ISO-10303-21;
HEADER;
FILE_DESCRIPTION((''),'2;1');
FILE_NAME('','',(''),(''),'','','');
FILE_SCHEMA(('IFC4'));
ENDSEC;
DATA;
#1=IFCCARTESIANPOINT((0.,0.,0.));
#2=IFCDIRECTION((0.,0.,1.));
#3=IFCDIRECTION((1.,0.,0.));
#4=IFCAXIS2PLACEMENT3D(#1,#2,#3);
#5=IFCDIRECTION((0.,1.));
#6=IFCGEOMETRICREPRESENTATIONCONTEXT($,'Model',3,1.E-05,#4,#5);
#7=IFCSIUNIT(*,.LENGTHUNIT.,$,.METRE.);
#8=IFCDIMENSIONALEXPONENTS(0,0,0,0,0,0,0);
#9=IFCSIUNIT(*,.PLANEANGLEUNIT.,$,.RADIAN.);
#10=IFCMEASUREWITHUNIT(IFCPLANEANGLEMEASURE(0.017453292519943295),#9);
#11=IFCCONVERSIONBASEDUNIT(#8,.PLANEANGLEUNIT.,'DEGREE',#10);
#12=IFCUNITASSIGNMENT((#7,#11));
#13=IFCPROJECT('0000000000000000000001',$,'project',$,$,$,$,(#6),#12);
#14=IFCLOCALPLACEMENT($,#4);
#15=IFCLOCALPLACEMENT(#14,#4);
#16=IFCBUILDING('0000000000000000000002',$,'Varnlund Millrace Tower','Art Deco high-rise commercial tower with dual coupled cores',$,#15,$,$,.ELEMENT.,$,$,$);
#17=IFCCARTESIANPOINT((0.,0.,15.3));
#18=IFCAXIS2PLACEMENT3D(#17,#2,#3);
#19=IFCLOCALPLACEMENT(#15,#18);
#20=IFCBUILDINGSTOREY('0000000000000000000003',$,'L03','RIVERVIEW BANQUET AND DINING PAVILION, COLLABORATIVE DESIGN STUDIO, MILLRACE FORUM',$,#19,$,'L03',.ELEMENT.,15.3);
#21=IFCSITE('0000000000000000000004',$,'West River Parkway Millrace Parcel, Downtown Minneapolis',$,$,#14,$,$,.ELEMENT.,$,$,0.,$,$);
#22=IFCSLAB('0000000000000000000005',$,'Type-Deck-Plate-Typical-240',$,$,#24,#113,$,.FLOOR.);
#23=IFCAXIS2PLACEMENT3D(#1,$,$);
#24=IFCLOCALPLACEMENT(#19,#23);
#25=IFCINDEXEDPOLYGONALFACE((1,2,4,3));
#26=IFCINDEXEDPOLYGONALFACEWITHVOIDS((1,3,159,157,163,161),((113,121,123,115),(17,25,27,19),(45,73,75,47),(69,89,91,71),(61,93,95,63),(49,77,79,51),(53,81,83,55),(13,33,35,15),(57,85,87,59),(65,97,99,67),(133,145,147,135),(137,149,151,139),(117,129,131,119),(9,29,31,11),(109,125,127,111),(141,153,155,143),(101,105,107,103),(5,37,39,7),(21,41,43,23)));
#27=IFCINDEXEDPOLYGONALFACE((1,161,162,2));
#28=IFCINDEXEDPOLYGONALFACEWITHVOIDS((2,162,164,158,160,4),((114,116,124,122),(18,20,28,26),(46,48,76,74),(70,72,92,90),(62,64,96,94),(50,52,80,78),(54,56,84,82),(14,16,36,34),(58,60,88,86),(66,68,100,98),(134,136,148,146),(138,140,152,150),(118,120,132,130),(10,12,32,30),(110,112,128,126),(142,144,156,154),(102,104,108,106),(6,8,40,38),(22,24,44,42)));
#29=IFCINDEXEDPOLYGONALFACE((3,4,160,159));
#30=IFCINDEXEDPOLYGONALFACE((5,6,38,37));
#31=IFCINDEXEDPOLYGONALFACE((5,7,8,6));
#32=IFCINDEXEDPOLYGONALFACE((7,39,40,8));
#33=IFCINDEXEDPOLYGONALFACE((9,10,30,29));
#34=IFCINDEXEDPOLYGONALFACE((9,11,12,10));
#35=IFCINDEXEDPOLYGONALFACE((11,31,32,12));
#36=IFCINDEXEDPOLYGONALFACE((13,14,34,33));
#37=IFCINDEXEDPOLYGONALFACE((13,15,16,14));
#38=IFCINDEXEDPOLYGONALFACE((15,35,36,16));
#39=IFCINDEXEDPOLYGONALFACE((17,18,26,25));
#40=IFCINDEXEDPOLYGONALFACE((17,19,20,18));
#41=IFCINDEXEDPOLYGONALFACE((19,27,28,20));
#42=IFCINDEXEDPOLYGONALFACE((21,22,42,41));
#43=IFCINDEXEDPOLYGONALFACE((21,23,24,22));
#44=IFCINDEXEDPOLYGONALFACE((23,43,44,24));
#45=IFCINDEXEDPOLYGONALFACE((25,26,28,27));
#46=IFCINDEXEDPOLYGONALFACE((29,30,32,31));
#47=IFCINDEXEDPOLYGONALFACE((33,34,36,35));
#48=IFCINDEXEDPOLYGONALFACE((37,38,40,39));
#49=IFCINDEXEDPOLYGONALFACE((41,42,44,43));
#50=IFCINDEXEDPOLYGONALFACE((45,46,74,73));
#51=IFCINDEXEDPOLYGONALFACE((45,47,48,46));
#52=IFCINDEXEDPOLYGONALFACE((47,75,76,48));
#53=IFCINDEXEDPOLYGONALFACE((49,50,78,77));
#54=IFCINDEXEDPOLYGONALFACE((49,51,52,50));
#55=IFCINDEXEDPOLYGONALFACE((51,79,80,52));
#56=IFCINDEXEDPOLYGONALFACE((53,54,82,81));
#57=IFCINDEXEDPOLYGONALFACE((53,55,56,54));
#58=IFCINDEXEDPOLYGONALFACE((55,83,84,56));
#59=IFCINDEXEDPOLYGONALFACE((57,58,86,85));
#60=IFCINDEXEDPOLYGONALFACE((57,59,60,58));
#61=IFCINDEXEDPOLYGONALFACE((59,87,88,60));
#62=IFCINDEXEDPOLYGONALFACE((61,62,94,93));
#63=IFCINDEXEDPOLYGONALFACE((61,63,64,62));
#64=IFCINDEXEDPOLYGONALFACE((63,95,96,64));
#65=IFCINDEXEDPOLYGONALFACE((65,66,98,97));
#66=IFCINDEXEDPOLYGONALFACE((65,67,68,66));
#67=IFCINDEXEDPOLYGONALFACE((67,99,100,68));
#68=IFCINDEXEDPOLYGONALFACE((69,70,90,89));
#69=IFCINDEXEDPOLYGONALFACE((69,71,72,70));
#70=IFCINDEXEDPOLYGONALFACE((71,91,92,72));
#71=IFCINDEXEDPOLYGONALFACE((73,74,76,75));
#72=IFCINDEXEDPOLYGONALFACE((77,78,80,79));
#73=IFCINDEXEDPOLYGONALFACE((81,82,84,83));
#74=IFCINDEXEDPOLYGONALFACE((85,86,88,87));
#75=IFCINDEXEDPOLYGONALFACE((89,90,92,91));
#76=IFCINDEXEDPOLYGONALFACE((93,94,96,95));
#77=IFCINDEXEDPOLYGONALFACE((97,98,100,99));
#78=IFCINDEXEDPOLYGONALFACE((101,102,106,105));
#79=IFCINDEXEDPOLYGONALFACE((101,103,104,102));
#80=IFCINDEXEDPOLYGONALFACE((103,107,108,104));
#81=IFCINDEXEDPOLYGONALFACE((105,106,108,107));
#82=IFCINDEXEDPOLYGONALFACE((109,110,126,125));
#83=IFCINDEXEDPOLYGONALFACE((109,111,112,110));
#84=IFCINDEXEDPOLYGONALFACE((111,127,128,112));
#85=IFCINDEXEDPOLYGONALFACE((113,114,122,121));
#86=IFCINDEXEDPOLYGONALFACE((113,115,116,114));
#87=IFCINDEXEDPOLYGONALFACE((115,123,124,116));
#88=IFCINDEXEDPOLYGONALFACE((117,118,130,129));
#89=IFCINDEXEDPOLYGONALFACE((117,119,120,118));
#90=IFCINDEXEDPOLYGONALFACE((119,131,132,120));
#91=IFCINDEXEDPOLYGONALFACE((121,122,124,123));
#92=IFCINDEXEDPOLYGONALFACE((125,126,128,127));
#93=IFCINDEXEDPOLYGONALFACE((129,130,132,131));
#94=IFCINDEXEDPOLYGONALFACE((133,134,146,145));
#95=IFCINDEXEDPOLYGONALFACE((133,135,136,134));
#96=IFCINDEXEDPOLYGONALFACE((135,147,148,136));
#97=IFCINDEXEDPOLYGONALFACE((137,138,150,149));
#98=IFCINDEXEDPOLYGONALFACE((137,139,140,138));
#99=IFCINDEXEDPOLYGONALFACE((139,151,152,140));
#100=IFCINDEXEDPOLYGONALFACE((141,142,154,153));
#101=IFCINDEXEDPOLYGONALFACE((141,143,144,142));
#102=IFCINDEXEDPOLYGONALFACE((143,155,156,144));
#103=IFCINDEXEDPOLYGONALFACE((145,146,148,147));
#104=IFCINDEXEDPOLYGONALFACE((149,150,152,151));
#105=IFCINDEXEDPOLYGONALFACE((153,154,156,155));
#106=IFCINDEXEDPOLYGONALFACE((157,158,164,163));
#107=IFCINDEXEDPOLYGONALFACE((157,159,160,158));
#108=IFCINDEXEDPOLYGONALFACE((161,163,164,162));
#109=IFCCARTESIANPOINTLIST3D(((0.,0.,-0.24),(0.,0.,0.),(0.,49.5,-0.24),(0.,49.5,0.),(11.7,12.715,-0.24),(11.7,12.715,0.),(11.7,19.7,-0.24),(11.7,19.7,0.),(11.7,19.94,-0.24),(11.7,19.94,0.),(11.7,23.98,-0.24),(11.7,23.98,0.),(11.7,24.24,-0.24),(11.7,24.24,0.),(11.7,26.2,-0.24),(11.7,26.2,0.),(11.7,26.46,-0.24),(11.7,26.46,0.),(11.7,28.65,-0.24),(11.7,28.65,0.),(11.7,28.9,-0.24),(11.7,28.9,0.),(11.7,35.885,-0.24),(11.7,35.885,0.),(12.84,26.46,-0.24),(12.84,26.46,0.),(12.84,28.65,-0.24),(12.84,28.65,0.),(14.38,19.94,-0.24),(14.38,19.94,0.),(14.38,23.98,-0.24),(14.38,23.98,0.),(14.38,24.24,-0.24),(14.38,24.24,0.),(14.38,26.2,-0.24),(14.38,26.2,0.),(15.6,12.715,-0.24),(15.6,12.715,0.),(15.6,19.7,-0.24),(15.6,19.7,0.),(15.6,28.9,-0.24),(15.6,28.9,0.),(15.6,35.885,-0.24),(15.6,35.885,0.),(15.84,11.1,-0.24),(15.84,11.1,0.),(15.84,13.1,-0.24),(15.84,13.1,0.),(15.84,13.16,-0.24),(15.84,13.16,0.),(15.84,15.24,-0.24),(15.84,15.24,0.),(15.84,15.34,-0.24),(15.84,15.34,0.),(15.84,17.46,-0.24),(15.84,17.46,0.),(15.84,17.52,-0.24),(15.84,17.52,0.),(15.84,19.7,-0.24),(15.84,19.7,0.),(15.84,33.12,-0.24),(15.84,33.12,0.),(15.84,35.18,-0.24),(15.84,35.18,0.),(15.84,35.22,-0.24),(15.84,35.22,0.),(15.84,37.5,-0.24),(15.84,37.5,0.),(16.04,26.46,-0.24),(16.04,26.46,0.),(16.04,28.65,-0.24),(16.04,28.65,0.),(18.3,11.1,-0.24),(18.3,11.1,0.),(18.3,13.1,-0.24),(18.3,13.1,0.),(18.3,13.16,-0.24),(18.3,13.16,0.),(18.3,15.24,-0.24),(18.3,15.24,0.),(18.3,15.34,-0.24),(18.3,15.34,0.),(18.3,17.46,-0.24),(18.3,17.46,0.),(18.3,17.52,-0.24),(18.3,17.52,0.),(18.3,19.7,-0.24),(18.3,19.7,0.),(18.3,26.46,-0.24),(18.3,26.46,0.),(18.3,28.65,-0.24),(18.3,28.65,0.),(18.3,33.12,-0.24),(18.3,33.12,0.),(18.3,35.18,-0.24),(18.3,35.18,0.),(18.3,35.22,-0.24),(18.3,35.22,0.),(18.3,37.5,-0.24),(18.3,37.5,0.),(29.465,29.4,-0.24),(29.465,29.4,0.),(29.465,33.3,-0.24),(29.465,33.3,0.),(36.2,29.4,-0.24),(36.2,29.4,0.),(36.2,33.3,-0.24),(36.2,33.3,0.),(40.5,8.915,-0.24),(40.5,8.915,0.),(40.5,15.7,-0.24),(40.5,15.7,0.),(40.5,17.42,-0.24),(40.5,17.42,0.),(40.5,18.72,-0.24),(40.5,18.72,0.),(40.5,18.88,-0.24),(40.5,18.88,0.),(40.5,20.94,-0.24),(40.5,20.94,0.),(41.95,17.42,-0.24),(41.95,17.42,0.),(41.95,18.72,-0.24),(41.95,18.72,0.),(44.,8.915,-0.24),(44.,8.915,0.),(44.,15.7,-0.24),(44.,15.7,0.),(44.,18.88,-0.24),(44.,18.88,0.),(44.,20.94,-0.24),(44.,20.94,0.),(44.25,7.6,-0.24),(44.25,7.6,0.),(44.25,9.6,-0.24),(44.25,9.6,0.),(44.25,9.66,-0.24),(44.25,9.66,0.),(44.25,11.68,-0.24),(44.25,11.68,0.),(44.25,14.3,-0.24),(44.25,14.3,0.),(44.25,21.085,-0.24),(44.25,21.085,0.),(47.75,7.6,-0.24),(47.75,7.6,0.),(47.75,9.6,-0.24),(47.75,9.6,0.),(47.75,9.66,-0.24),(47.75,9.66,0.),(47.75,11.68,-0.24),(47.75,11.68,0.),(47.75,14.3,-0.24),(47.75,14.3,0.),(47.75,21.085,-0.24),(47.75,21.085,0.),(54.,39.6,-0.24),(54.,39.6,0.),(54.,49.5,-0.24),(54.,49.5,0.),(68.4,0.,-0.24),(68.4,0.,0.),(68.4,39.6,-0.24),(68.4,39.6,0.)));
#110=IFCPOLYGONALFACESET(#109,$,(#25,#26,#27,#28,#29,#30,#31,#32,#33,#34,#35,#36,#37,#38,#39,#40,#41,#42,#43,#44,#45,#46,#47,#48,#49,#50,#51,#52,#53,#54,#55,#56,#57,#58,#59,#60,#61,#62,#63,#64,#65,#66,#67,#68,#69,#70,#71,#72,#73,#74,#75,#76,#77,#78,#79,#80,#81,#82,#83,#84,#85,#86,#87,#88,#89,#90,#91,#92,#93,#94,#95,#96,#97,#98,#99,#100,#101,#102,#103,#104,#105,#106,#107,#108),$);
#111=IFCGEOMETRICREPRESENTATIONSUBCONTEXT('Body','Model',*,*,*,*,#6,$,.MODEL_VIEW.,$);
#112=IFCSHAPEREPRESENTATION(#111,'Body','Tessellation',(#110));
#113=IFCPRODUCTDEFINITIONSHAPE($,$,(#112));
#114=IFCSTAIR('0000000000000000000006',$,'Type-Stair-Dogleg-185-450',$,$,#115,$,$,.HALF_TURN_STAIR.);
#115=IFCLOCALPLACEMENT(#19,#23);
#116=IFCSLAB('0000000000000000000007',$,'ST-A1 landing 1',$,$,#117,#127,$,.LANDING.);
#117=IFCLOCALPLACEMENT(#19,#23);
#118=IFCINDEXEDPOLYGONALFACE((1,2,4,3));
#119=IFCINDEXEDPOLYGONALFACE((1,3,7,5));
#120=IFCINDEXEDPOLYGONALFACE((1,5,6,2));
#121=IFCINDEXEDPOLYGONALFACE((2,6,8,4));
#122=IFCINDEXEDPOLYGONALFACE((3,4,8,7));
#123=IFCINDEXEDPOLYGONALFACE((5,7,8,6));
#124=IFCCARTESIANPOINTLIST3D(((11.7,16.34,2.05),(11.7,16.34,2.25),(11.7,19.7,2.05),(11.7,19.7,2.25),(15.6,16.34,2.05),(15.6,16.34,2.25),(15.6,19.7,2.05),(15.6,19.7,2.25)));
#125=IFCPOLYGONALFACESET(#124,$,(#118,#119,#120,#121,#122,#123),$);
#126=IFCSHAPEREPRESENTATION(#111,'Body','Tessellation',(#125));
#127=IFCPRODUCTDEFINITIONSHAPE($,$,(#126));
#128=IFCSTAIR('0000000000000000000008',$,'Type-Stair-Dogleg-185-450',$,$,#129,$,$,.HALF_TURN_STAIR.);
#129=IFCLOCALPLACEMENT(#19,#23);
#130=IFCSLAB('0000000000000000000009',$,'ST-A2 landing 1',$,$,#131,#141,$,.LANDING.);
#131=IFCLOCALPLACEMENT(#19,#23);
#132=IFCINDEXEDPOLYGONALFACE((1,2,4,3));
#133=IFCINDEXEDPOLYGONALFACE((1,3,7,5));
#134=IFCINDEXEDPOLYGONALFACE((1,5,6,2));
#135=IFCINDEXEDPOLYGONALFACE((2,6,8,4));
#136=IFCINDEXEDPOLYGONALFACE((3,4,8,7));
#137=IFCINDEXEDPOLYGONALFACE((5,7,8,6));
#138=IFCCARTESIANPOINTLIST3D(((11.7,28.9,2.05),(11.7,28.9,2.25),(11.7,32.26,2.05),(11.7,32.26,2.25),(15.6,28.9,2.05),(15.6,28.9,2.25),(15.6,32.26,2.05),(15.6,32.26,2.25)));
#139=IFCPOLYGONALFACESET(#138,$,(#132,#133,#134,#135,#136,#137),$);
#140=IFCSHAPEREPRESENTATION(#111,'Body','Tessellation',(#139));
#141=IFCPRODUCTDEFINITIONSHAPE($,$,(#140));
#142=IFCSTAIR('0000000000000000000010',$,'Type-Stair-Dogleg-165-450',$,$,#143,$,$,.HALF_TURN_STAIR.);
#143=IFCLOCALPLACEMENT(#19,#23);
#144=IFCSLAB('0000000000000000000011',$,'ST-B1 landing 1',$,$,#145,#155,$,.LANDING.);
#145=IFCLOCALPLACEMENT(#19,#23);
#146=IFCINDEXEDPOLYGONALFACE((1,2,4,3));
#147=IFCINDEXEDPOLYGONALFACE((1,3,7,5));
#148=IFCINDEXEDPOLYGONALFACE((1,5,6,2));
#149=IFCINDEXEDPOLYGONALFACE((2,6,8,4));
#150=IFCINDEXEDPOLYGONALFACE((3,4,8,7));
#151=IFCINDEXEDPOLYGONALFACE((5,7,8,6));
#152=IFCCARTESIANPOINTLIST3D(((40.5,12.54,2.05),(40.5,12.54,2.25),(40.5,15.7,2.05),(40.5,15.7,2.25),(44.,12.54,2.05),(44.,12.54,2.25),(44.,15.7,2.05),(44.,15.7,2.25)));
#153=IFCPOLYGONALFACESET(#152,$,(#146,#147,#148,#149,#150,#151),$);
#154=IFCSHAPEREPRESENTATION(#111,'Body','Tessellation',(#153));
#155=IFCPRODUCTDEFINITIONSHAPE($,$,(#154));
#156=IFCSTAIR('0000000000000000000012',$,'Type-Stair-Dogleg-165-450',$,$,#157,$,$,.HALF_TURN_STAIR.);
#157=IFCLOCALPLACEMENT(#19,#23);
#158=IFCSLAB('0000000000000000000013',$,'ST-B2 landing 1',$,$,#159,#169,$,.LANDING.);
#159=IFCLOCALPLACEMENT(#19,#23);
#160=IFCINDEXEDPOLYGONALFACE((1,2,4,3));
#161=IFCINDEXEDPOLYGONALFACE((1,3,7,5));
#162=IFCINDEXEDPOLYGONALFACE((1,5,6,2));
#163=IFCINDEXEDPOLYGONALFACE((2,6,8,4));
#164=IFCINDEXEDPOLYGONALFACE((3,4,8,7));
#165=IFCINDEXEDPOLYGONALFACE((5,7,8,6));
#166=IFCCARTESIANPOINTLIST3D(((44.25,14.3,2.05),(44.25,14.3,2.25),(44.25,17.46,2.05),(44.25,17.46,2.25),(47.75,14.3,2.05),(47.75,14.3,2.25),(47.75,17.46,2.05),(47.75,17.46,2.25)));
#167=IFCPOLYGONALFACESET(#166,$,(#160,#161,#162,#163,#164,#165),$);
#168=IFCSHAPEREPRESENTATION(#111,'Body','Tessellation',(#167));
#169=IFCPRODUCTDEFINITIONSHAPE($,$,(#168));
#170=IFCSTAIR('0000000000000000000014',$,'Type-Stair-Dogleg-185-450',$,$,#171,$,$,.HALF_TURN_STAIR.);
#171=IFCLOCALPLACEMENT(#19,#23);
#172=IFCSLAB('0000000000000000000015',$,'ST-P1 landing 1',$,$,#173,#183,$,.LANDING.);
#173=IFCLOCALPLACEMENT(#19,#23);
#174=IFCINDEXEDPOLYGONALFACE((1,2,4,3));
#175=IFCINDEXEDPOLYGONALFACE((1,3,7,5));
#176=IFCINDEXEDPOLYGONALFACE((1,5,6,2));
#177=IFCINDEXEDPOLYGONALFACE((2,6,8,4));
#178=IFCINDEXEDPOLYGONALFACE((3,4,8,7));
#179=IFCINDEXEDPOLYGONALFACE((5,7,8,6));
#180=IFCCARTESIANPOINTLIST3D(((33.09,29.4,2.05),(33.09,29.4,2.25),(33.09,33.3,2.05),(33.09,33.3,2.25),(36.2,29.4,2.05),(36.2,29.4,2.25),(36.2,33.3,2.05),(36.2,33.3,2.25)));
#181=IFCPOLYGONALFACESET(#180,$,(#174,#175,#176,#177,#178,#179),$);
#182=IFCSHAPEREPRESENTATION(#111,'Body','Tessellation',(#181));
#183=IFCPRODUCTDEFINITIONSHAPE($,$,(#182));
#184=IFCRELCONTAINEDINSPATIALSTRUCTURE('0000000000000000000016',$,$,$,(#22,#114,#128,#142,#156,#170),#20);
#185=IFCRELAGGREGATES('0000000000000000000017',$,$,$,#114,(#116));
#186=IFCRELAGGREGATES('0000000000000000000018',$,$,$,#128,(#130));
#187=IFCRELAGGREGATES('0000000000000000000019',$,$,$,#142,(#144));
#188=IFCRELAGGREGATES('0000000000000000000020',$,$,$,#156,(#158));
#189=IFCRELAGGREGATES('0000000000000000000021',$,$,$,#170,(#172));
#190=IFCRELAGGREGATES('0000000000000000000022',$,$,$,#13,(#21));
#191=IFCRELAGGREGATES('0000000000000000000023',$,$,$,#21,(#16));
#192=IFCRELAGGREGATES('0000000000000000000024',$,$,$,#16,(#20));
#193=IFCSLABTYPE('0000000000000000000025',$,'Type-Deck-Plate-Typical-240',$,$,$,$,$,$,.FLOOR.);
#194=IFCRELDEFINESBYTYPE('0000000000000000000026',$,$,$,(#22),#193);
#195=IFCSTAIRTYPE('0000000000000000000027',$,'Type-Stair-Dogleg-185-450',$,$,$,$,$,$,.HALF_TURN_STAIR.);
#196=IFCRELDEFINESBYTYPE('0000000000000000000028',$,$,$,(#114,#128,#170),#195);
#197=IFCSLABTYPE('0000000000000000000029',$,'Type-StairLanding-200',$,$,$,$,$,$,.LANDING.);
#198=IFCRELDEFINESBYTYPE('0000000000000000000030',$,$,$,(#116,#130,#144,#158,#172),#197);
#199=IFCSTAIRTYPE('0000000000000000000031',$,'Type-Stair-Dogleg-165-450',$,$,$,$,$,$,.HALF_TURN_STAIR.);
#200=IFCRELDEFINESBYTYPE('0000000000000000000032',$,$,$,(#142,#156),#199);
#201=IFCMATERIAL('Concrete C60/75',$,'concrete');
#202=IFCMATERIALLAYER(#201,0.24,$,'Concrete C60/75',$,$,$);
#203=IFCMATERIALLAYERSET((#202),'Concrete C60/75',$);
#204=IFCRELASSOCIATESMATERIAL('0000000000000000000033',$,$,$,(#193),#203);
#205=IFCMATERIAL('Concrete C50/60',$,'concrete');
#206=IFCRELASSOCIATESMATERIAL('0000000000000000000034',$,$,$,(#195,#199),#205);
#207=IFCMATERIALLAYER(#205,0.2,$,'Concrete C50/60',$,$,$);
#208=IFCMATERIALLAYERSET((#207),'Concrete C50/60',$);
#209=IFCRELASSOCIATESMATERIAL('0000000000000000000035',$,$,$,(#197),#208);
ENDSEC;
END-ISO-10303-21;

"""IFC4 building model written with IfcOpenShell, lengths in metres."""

from ifc_helpers import new_model, entity, si_unit, converted_unit, direction, frame, origin_with_axes, place, context, subcontext, project, spatial, polyline, outline, extrude, material, layer, layer_set, type_object, element, aggregate, save


model = new_model("IFC4")

# Units and contexts
model_context = context("Model", 3, precision=1e-05, world=origin_with_axes(), true_north=direction((0.0, 1.0)))
body_context = subcontext(model_context, "Body", "Model", "MODEL_VIEW")
ifc_project = project(units=[si_unit("LENGTHUNIT", "METRE"), converted_unit("PLANEANGLEUNIT", "DEGREE", entity("IfcPlaneAngleMeasure", 0.017453292519943295), si_unit("PLANEANGLEUNIT", "RADIAN"), dimensions=[0, 0, 0, 0, 0, 0, 0])], contexts=[model_context])

# Site, building, storey
site_placement = place(None, origin_with_axes())
site = spatial("IfcSite", under=ifc_project, at=site_placement, Name="West River Parkway Millrace Parcel, Downtown Minneapolis", CompositionType="ELEMENT", RefElevation=0.0)
building_placement = place(site_placement, origin_with_axes())
building = spatial("IfcBuilding", under=site, at=building_placement, Name="Varnlund Millrace Tower", Description="Art Deco high-rise commercial tower with dual coupled cores", CompositionType="ELEMENT")
storey_placement = place(building_placement, frame((0.0, 0.0, 15.3), z_axis=(0.0, 0.0, 1.0), x_axis=(1.0, 0.0, 0.0)))
storey = spatial("IfcBuildingStorey", under=building, at=storey_placement, Name="L03", Description="RIVERVIEW BANQUET AND DINING PAVILION, COLLABORATIVE DESIGN STUDIO, MILLRACE FORUM", LongName="L03", CompositionType="ELEMENT", Elevation=15.3)

# Slab
ifc_material_1 = material(Name="Concrete C60/75", Category="concrete")
ifc_layer_1 = layer(ifc_material_1, 0.24, Name="Concrete C60/75")
ifc_layer_set_1 = layer_set([ifc_layer_1], Name="Concrete C60/75")
slab_type_1 = type_object("IfcSlabType", Name="Type-Deck-Plate-Typical-240", PredefinedType="FLOOR", material=ifc_layer_set_1)
slab_1_placement = place(storey_placement, frame((0.0, 0.0, -0.24), z_axis=(0.0, 0.0, 1.0), x_axis=(1.0, 0.0, 0.0)))
element("IfcSlab", 1, at=slab_1_placement, inside=storey, type_object=slab_type_1, Name="Type-Deck-Plate-Typical-240", PredefinedType="FLOOR", context=body_context, shape_type="SweptSolid", body=[
    extrude(outline(polyline([(68.4, 39.6), (54.0, 39.6), (54.0, 49.5), (0.0, 49.5), (0.0, 0.0), (68.4, 0.0), (68.4, 39.6)]), holes=[polyline([(18.3, 11.1), (15.84, 11.1), (15.84, 13.1), (18.3, 13.1), (18.3, 11.1)]), polyline([(18.3, 13.16), (15.84, 13.16), (15.84, 15.24), (18.3, 15.24), (18.3, 13.16)]), polyline([(15.6, 12.715), (11.7, 12.715), (11.7, 19.7), (15.6, 19.7), (15.6, 12.715)]), polyline([(15.84, 15.34), (15.84, 17.46), (18.3, 17.46), (18.3, 15.34), (15.84, 15.34)]), polyline([(15.84, 17.52), (15.84, 19.7), (18.3, 19.7), (18.3, 17.52), (15.84, 17.52)]), polyline([(11.7, 23.98), (14.38, 23.98), (14.38, 19.94), (11.7, 19.94), (11.7, 23.98)]), polyline([(14.38, 24.24), (11.7, 24.24), (11.7, 26.2), (14.38, 26.2), (14.38, 24.24)]), polyline([(11.7, 26.46), (11.7, 28.65), (12.84, 28.65), (12.84, 26.46), (11.7, 26.46)]), polyline([(11.7, 28.9), (11.7, 35.885), (15.6, 35.885), (15.6, 28.9), (11.7, 28.9)]), polyline([(47.75, 7.6), (44.25, 7.6), (44.25, 9.6), (47.75, 9.6), (47.75, 7.6)]), polyline([(47.75, 9.66), (44.25, 9.66), (44.25, 11.68), (47.75, 11.68), (47.75, 9.66)]), polyline([(44.0, 8.915), (40.5, 8.915), (40.5, 15.7), (44.0, 15.7), (44.0, 8.915)]), polyline([(44.25, 14.3), (44.25, 21.085), (47.75, 21.085), (47.75, 14.3), (44.25, 14.3)]), polyline([(40.5, 17.42), (40.5, 18.72), (41.95, 18.72), (41.95, 17.42), (40.5, 17.42)]), polyline([(44.0, 18.88), (40.5, 18.88), (40.5, 20.94), (44.0, 20.94), (44.0, 18.88)]), polyline([(18.3, 26.46), (16.04, 26.46), (16.04, 28.65), (18.3, 28.65), (18.3, 26.46)]), polyline([(36.2, 29.4), (29.465, 29.4), (29.465, 33.3), (36.2, 33.3), (36.2, 29.4)]), polyline([(15.84, 33.12), (15.84, 35.18), (18.3, 35.18), (18.3, 33.12), (15.84, 33.12)]), polyline([(15.84, 35.22), (15.84, 37.5), (18.3, 37.5), (18.3, 35.22), (15.84, 35.22)])]), origin_with_axes(), (0.0, 0.0, 1.0), 0.24),
])

# Stairs, slabs
ifc_material_2 = material(Name="Concrete C50/60", Category="concrete")
stair_type_1 = type_object("IfcStairType", Name="Type-Stair-Dogleg-185-450", PredefinedType="HALF_TURN_STAIR", material=ifc_material_2)
stair_1_placement = place(storey_placement, origin_with_axes())
stair_1 = element("IfcStair", 2, at=stair_1_placement, inside=storey, type_object=stair_type_1, Name="Type-Stair-Dogleg-185-450", PredefinedType="HALF_TURN_STAIR")
ifc_layer_2 = layer(ifc_material_2, 0.2, Name="Concrete C50/60")
ifc_layer_set_2 = layer_set([ifc_layer_2], Name="Concrete C50/60")
slab_type_2 = type_object("IfcSlabType", Name="Type-StairLanding-200", PredefinedType="LANDING", material=ifc_layer_set_2)
slab_2_placement = place(storey_placement, frame((0.0, 0.0, 2.05), z_axis=(0.0, 0.0, 1.0), x_axis=(1.0, 0.0, 0.0)))
slab_2 = element("IfcSlab", 3, at=slab_2_placement, type_object=slab_type_2, Name="ST-A1 landing 1", PredefinedType="LANDING", context=body_context, shape_type="SweptSolid", body=[
    extrude(outline(polyline([(15.6, 16.34), (15.6, 19.7), (11.7, 19.7), (11.7, 16.34), (15.6, 16.34)])), origin_with_axes(), (0.0, 0.0, 1.0), 0.2),
])
aggregate(stair_1, [slab_2])
stair_2_placement = place(storey_placement, origin_with_axes())
stair_2 = element("IfcStair", 4, at=stair_2_placement, inside=storey, type_object=stair_type_1, Name="Type-Stair-Dogleg-185-450", PredefinedType="HALF_TURN_STAIR")
slab_3_placement = place(storey_placement, frame((0.0, 0.0, 2.05), z_axis=(0.0, 0.0, 1.0), x_axis=(1.0, 0.0, 0.0)))
slab_3 = element("IfcSlab", 5, at=slab_3_placement, type_object=slab_type_2, Name="ST-A2 landing 1", PredefinedType="LANDING", context=body_context, shape_type="SweptSolid", body=[
    extrude(outline(polyline([(11.7, 32.26), (11.7, 28.9), (15.6, 28.9), (15.6, 32.26), (11.7, 32.26)])), origin_with_axes(), (0.0, 0.0, 1.0), 0.2),
])
aggregate(stair_2, [slab_3])
stair_type_2 = type_object("IfcStairType", Name="Type-Stair-Dogleg-165-450", PredefinedType="HALF_TURN_STAIR", material=ifc_material_2)
stair_3_placement = place(storey_placement, origin_with_axes())
stair_3 = element("IfcStair", 6, at=stair_3_placement, inside=storey, type_object=stair_type_2, Name="Type-Stair-Dogleg-165-450", PredefinedType="HALF_TURN_STAIR")
slab_4_placement = place(storey_placement, frame((0.0, 0.0, 2.05), z_axis=(0.0, 0.0, 1.0), x_axis=(1.0, 0.0, 0.0)))
slab_4 = element("IfcSlab", 7, at=slab_4_placement, type_object=slab_type_2, Name="ST-B1 landing 1", PredefinedType="LANDING", context=body_context, shape_type="SweptSolid", body=[
    extrude(outline(polyline([(44.0, 12.54), (44.0, 15.7), (40.5, 15.7), (40.5, 12.54), (44.0, 12.54)])), origin_with_axes(), (0.0, 0.0, 1.0), 0.2),
])
aggregate(stair_3, [slab_4])
stair_4_placement = place(storey_placement, origin_with_axes())
stair_4 = element("IfcStair", 8, at=stair_4_placement, inside=storey, type_object=stair_type_2, Name="Type-Stair-Dogleg-165-450", PredefinedType="HALF_TURN_STAIR")
slab_5_placement = place(storey_placement, frame((0.0, 0.0, 2.05), z_axis=(0.0, 0.0, 1.0), x_axis=(1.0, 0.0, 0.0)))
slab_5 = element("IfcSlab", 9, at=slab_5_placement, type_object=slab_type_2, Name="ST-B2 landing 1", PredefinedType="LANDING", context=body_context, shape_type="SweptSolid", body=[
    extrude(outline(polyline([(44.25, 17.46), (44.25, 14.3), (47.75, 14.3), (47.75, 17.46), (44.25, 17.46)])), origin_with_axes(), (0.0, 0.0, 1.0), 0.2),
])
aggregate(stair_4, [slab_5])
stair_5_placement = place(storey_placement, origin_with_axes())
stair_5 = element("IfcStair", 10, at=stair_5_placement, inside=storey, type_object=stair_type_1, Name="Type-Stair-Dogleg-185-450", PredefinedType="HALF_TURN_STAIR")
slab_6_placement = place(storey_placement, frame((0.0, 0.0, 2.05), z_axis=(0.0, 0.0, 1.0), x_axis=(1.0, 0.0, 0.0)))
slab_6 = element("IfcSlab", 11, at=slab_6_placement, type_object=slab_type_2, Name="ST-P1 landing 1", PredefinedType="LANDING", context=body_context, shape_type="SweptSolid", body=[
    extrude(outline(polyline([(33.09, 29.4), (36.2, 29.4), (36.2, 33.3), (33.09, 33.3), (33.09, 29.4)])), origin_with_axes(), (0.0, 0.0, 1.0), 0.2),
])
aggregate(stair_5, [slab_6])

save(model, "model.ifc")
